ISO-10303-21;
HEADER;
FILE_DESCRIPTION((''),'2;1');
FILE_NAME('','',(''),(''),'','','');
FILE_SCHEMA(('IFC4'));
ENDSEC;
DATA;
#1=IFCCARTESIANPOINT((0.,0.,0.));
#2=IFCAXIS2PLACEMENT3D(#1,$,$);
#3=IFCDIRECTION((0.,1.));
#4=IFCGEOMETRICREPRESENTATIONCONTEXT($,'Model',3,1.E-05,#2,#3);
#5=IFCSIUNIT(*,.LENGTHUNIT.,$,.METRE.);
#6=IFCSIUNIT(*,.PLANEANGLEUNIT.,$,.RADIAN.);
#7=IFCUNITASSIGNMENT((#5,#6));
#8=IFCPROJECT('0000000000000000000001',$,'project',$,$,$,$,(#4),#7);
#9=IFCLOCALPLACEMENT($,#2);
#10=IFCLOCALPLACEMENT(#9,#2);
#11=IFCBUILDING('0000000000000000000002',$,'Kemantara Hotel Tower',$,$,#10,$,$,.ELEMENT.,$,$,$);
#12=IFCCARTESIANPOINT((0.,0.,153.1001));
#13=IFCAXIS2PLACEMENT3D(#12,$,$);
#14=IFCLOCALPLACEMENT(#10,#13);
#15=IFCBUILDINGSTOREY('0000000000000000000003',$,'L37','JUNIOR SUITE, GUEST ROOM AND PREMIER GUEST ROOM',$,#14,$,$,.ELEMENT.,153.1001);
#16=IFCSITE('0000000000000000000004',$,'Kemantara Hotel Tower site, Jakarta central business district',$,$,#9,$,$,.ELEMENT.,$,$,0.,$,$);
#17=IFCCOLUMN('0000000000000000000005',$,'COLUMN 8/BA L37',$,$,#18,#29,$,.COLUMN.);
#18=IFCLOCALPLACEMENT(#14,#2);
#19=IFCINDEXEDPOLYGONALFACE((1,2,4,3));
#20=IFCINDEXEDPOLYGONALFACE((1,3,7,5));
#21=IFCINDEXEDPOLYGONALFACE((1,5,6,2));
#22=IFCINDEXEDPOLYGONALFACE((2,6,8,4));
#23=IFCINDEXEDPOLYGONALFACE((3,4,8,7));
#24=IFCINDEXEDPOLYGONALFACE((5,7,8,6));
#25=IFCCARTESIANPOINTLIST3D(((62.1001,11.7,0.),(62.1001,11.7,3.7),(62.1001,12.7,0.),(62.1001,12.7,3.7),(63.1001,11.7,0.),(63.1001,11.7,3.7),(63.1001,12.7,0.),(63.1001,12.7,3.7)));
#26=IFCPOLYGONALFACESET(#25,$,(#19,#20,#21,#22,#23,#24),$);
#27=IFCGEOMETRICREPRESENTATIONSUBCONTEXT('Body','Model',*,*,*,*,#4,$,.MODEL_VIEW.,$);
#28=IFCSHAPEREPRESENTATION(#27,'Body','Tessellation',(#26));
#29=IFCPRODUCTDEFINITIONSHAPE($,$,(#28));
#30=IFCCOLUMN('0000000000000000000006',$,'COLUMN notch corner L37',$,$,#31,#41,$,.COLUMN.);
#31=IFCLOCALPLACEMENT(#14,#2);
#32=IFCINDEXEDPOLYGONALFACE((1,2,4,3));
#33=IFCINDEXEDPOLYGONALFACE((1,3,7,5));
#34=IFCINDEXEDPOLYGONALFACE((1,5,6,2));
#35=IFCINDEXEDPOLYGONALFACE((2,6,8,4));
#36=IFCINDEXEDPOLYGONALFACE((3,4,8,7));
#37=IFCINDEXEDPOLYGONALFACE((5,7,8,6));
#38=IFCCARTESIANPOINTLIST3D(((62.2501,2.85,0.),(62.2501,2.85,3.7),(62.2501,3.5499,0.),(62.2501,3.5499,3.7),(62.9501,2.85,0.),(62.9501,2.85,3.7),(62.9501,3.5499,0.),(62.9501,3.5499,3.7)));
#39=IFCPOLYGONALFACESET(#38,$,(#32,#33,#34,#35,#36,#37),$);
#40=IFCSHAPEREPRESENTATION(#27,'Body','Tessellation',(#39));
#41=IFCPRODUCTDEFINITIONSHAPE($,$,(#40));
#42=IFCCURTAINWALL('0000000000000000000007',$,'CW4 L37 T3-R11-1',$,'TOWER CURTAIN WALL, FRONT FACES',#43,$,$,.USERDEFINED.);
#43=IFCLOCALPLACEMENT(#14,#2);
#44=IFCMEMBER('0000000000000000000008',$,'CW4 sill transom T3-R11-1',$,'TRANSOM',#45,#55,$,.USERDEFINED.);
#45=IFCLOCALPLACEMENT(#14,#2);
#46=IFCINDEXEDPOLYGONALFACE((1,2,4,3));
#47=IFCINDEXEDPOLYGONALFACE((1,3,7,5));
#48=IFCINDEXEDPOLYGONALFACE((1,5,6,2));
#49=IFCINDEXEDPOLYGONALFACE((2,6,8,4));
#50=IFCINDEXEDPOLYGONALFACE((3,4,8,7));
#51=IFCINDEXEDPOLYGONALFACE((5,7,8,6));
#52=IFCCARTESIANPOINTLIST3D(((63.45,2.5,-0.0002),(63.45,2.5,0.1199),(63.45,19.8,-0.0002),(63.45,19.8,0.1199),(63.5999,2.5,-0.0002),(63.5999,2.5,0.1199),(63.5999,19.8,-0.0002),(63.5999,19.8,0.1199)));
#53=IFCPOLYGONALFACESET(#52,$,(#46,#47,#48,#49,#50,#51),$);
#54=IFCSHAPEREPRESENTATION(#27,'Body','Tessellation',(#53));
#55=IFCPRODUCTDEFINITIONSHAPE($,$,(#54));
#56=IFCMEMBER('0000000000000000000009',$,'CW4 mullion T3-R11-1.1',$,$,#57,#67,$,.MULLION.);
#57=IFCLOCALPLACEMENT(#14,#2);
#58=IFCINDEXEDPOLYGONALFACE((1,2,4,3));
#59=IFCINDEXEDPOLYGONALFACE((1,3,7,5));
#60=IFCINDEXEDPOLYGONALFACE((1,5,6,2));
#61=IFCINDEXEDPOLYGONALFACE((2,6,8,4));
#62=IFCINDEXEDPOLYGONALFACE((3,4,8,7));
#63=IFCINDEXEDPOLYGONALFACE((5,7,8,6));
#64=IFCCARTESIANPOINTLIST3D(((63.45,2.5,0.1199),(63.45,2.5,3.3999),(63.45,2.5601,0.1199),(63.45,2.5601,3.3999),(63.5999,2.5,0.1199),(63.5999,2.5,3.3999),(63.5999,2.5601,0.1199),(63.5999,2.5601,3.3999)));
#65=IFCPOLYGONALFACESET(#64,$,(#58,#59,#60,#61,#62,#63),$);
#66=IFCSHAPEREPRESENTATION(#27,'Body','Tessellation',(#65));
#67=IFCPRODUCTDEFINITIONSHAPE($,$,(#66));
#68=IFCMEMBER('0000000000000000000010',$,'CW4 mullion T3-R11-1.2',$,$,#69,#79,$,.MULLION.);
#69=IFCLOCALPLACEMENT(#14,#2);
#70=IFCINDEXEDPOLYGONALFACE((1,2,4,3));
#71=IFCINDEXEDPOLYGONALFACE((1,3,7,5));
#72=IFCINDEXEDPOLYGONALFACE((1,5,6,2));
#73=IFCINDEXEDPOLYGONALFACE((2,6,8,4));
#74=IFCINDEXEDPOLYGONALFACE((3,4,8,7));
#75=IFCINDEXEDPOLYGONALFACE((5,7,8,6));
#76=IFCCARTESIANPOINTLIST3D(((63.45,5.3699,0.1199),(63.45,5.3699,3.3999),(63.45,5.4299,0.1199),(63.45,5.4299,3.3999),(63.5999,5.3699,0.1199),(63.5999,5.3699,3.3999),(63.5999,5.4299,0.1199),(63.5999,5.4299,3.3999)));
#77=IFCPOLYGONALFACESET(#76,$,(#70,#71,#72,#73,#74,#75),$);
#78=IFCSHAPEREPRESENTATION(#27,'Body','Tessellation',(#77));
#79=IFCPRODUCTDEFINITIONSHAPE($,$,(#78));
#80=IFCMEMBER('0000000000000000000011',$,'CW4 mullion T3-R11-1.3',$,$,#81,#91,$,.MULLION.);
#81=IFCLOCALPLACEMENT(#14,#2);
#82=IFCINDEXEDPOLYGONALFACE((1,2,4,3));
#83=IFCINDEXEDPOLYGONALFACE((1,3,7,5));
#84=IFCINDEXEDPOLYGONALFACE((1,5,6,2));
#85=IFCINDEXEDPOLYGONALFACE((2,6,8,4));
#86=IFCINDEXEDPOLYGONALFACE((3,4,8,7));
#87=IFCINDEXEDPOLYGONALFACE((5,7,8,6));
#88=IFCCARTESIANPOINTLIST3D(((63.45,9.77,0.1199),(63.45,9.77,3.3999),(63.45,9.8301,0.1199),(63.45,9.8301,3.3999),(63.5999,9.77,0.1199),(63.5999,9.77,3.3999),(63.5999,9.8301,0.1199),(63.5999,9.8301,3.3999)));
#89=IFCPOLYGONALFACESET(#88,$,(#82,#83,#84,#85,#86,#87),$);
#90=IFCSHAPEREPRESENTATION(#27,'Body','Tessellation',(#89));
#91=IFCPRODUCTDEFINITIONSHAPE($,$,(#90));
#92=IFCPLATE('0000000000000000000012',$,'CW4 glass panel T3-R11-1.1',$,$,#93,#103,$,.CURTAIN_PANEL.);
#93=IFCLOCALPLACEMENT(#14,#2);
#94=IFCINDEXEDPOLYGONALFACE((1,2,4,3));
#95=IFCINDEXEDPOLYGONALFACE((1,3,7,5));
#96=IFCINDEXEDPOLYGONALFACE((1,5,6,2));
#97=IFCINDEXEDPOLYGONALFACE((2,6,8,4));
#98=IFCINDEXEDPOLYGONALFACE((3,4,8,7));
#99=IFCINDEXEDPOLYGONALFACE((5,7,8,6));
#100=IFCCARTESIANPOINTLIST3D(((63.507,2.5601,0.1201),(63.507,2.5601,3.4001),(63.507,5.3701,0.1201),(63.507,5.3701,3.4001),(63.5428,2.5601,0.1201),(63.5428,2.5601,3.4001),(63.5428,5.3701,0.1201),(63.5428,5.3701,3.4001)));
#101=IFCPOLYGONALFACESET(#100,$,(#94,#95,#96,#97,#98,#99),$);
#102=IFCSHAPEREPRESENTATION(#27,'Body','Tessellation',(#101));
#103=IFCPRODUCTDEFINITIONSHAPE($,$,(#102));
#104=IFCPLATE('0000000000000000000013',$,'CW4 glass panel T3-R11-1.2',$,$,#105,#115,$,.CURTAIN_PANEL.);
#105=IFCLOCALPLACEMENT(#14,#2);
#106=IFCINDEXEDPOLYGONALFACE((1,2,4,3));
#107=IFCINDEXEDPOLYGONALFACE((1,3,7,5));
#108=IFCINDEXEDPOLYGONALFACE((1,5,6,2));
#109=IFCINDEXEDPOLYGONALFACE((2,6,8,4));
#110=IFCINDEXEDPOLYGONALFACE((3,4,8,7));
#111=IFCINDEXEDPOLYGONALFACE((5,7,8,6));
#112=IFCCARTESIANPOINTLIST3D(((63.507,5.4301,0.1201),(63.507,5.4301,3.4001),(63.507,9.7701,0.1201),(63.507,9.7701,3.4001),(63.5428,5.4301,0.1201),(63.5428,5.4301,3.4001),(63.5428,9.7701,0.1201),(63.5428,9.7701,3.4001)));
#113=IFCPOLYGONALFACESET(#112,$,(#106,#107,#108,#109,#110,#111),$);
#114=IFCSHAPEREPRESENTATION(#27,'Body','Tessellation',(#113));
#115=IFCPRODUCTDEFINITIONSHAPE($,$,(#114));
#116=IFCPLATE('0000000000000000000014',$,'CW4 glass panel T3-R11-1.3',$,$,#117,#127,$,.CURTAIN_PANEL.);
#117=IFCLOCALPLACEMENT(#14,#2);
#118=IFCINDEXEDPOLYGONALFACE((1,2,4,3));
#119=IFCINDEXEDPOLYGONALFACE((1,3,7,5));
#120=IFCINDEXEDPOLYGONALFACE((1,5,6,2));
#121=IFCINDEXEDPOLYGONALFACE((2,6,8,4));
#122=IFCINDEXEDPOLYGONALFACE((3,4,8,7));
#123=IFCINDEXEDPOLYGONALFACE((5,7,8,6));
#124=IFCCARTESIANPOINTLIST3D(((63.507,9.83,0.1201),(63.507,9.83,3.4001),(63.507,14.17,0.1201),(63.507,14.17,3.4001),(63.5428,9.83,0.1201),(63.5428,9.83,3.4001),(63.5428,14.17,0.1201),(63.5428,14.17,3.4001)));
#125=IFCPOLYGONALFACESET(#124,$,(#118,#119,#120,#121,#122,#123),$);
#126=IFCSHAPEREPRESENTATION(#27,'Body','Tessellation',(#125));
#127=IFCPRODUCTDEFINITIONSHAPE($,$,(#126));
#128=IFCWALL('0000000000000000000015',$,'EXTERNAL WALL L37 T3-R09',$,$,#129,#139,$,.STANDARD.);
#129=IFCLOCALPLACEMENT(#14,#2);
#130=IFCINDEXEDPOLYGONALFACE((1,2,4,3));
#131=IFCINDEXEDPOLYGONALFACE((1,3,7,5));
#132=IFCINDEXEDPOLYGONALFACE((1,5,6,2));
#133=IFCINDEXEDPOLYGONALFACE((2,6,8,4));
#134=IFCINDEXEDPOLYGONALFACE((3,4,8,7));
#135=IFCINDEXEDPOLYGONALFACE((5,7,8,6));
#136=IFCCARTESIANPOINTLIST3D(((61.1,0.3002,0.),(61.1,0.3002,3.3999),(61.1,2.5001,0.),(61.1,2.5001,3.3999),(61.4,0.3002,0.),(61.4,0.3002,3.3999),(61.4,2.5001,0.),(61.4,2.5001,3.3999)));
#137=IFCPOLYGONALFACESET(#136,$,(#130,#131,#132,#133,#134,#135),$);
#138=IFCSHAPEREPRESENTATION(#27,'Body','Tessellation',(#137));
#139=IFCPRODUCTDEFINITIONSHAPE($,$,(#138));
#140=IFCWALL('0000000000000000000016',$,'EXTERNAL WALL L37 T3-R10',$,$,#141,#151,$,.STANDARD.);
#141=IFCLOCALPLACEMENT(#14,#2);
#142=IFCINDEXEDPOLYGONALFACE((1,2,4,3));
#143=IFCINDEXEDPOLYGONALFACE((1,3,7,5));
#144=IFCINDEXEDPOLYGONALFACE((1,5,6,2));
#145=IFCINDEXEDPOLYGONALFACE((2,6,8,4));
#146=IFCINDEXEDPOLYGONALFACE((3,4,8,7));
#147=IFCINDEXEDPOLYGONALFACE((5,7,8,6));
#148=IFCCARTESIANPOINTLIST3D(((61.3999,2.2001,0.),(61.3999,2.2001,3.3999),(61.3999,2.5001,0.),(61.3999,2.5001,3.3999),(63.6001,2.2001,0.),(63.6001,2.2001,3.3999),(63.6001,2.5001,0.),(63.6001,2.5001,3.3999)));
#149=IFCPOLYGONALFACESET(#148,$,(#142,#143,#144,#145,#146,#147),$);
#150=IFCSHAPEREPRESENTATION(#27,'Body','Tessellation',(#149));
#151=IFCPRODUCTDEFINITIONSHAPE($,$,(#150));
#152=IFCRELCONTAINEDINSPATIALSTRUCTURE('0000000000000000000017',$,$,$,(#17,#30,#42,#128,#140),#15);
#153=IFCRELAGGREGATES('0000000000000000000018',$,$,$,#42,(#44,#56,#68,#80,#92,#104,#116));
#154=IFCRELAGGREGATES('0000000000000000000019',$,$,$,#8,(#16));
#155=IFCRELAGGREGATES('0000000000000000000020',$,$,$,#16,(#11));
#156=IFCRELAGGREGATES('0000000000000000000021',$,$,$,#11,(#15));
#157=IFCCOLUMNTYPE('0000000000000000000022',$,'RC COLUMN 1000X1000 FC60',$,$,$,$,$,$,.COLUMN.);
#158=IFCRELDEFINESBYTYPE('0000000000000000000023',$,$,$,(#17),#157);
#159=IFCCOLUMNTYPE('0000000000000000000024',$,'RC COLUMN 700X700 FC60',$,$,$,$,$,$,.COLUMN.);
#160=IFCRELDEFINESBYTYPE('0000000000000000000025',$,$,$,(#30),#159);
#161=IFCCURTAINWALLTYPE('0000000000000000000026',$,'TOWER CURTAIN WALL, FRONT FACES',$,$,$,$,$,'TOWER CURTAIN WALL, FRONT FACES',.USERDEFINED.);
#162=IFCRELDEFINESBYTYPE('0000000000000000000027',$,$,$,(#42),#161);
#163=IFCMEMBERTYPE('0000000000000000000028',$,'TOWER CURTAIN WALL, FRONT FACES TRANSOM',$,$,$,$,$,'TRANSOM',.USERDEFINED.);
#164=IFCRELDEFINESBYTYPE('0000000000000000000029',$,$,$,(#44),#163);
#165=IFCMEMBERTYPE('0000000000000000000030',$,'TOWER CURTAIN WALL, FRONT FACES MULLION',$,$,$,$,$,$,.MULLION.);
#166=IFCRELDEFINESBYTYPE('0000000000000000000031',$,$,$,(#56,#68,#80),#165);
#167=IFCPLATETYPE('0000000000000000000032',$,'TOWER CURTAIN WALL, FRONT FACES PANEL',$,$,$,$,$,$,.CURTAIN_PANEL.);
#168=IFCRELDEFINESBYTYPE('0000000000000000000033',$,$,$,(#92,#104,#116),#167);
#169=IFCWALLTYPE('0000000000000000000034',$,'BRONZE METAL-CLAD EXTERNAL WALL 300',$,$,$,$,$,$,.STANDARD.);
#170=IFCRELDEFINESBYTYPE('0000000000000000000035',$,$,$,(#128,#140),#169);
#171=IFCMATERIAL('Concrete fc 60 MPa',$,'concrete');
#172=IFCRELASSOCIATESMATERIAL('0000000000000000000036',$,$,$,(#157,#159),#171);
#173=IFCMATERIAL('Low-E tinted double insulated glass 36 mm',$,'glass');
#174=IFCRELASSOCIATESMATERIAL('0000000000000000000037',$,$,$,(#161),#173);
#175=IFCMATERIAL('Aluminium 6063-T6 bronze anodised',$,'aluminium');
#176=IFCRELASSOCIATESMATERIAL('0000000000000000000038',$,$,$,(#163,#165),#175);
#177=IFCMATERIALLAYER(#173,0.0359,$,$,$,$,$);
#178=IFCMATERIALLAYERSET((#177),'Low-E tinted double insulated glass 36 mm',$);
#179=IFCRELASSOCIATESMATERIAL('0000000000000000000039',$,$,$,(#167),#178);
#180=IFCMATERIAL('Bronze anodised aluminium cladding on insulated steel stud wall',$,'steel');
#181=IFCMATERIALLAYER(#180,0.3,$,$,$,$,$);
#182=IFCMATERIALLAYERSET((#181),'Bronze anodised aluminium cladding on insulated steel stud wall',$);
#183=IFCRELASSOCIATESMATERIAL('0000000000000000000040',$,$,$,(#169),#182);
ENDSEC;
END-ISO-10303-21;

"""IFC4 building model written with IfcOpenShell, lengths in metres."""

from ifc_helpers import new_model, si_unit, direction, frame, frame_2d, origin, origin_2d, place, context, subcontext, project, spatial, rectangle, extrude, source, transform, mapped, material, layer, layer_set, material_profile, profile_set, type_object, element, aggregate, save


model = new_model("IFC4")

# Units and contexts
model_context = context("Model", 3, precision=1e-05, world=origin(), true_north=direction((0.0, 1.0)))
body_context = subcontext(model_context, "Body", "Model", "MODEL_VIEW")
ifc_project = project(units=[si_unit("LENGTHUNIT", "METRE"), si_unit("PLANEANGLEUNIT", "RADIAN")], contexts=[model_context])

# Site, building, storey
site_placement = place(None, origin())
site = spatial("IfcSite", under=ifc_project, at=site_placement, Name="Kemantara Hotel Tower site, Jakarta central business district", CompositionType="ELEMENT", RefElevation=0.0)
building_placement = place(site_placement, origin())
building = spatial("IfcBuilding", under=site, at=building_placement, Name="Kemantara Hotel Tower", CompositionType="ELEMENT")
storey_placement = place(building_placement, frame((0.0, 0.0, 153.1001)))
storey = spatial("IfcBuildingStorey", under=building, at=storey_placement, Name="L37", Description="JUNIOR SUITE, GUEST ROOM AND PREMIER GUEST ROOM", CompositionType="ELEMENT", Elevation=153.1001)

# Columns
ifc_material_1 = material(Name="Concrete fc 60 MPa", Category="concrete")
ifc_material_profile_1 = material_profile(ifc_material_1, rectangle(XDim=1.0, YDim=1.0, at=origin_2d()), Name="RC 1000X1000")
ifc_profile_set_1 = profile_set([ifc_material_profile_1], Name="Concrete fc 60 MPa")
column_type_1 = type_object("IfcColumnType", Name="RC COLUMN 1000X1000 FC60", PredefinedType="COLUMN", material=ifc_profile_set_1)
column_1_placement = place(storey_placement, frame((62.6001, 12.2, 0.0), z_axis=(0.0, 0.0, 1.0), x_axis=(1.0, 0.0, 0.0)))
element("IfcColumn", 1, at=column_1_placement, inside=storey, type_object=column_type_1, Name="COLUMN 8/BA L37", PredefinedType="COLUMN", context=body_context, shape_type="SweptSolid", body=[
    extrude(rectangle(XDim=1.0, YDim=1.0, at=origin_2d()), origin(), (0.0, 0.0, 1.0), 3.7),
])
ifc_material_profile_2 = material_profile(ifc_material_1, rectangle(XDim=0.7, YDim=0.7, at=origin_2d()), Name="RC 700X700")
ifc_profile_set_2 = profile_set([ifc_material_profile_2], Name="Concrete fc 60 MPa")
column_type_2 = type_object("IfcColumnType", Name="RC COLUMN 700X700 FC60", PredefinedType="COLUMN", material=ifc_profile_set_2)
column_2_placement = place(storey_placement, frame((62.6001, 3.2, 0.0), z_axis=(0.0, 0.0, 1.0), x_axis=(1.0, 0.0, 0.0)))
element("IfcColumn", 2, at=column_2_placement, inside=storey, type_object=column_type_2, Name="COLUMN notch corner L37", PredefinedType="COLUMN", context=body_context, shape_type="SweptSolid", body=[
    extrude(rectangle(XDim=0.7, YDim=0.7, at=origin_2d()), origin(), (0.0, 0.0, 1.0), 3.7),
])

# Curtain wall, members, plates
ifc_material_2 = material(Name="Low-E tinted double insulated glass 36 mm", Category="glass")
curtain_wall_type = type_object("IfcCurtainWallType", Name="TOWER CURTAIN WALL, FRONT FACES", ElementType="TOWER CURTAIN WALL, FRONT FACES", PredefinedType="USERDEFINED", material=ifc_material_2)
curtain_wall_placement = place(storey_placement, origin())
curtain_wall = element("IfcCurtainWall", 3, at=curtain_wall_placement, inside=storey, type_object=curtain_wall_type, Name="CW4 L37 T3-R11-1", ObjectType="TOWER CURTAIN WALL, FRONT FACES", PredefinedType="USERDEFINED")
ifc_material_3 = material(Name="Aluminium 6063-T6 bronze anodised", Category="aluminium")
ifc_material_profile_3 = material_profile(ifc_material_3, rectangle(XDim=0.1499, YDim=0.1201, at=origin_2d()), Name="TOWER CURTAIN WALL, FRONT FACES TRANSOM")
ifc_profile_set_3 = profile_set([ifc_material_profile_3], Name="Aluminium 6063-T6 bronze anodised")
member_type_1 = type_object("IfcMemberType", Name="TOWER CURTAIN WALL, FRONT FACES TRANSOM", ElementType="TRANSOM", PredefinedType="USERDEFINED", material=ifc_profile_set_3)
member_1_placement = place(storey_placement, frame((63.5249, 2.5, 0.0598), z_axis=(0.0, 1.0, 0.0), x_axis=(-1.0, 0.0, 0.0)))
member_1 = element("IfcMember", 4, at=member_1_placement, type_object=member_type_1, Name="CW4 sill transom T3-R11-1", ObjectType="TRANSOM", PredefinedType="USERDEFINED", context=body_context, shape_type="SweptSolid", body=[
    extrude(rectangle(XDim=0.1499, YDim=0.1201, at=origin_2d()), origin(), (0.0, 0.0, 1.0), 17.3),
])
ifc_material_profile_4 = material_profile(ifc_material_3, rectangle(XDim=0.1499, YDim=0.0601, at=origin_2d()), Name="TOWER CURTAIN WALL, FRONT FACES MULLION")
ifc_profile_set_4 = profile_set([ifc_material_profile_4], Name="Aluminium 6063-T6 bronze anodised")
member_type_2 = type_object("IfcMemberType", Name="TOWER CURTAIN WALL, FRONT FACES MULLION", PredefinedType="MULLION", material=ifc_profile_set_4)
shared_shape_1 = source(origin(), body_context, "Body", "SweptSolid", [
    extrude(rectangle(XDim=0.1499, YDim=0.0601, at=origin_2d()), origin(), (0.0, 0.0, 1.0), 3.28),
])
member_2_placement = place(storey_placement, frame((63.5249, 2.53, 0.1199), z_axis=(0.0, 0.0, 1.0), x_axis=(-1.0, 0.0, 0.0)))
member_2 = element("IfcMember", 5, at=member_2_placement, type_object=member_type_2, Name="CW4 mullion T3-R11-1.1", PredefinedType="MULLION", context=body_context, shape_type="MappedRepresentation", body=[
    mapped(shared_shape_1, transform((0.0, 0.0, 0.0))),
])
member_3_placement = place(storey_placement, frame((63.5249, 5.3999, 0.1199), z_axis=(0.0, 0.0, 1.0), x_axis=(-1.0, 0.0, 0.0)))
member_3 = element("IfcMember", 6, at=member_3_placement, type_object=member_type_2, Name="CW4 mullion T3-R11-1.2", PredefinedType="MULLION", context=body_context, shape_type="MappedRepresentation", body=[
    mapped(shared_shape_1, transform((0.0, 0.0, 0.0))),
])
member_4_placement = place(storey_placement, frame((63.5249, 9.8, 0.1199), z_axis=(0.0, 0.0, 1.0), x_axis=(-1.0, 0.0, 0.0)))
member_4 = element("IfcMember", 7, at=member_4_placement, type_object=member_type_2, Name="CW4 mullion T3-R11-1.3", PredefinedType="MULLION", context=body_context, shape_type="MappedRepresentation", body=[
    mapped(shared_shape_1, transform((0.0, 0.0, 0.0))),
])
ifc_layer_1 = layer(ifc_material_2, 0.0359)
ifc_layer_set_1 = layer_set([ifc_layer_1], Name="Low-E tinted double insulated glass 36 mm")
plate_type = type_object("IfcPlateType", Name="TOWER CURTAIN WALL, FRONT FACES PANEL", PredefinedType="CURTAIN_PANEL", material=ifc_layer_set_1)
shared_shape_2 = source(origin(), body_context, "Body", "SweptSolid", [
    extrude(rectangle(XDim=2.8101, YDim=0.0359, at=origin_2d()), origin(), (0.0, 0.0, 1.0), 3.28),
])
plate_1_placement = place(storey_placement, frame((63.5249, 3.9651, 0.1201), z_axis=(0.0, 0.0, 1.0), x_axis=(0.0, 1.0, 0.0)))
plate_1 = element("IfcPlate", 8, at=plate_1_placement, type_object=plate_type, Name="CW4 glass panel T3-R11-1.1", PredefinedType="CURTAIN_PANEL", context=body_context, shape_type="MappedRepresentation", body=[
    mapped(shared_shape_2, transform((0.0, 0.0, 0.0))),
])
shared_shape_3 = source(origin(), body_context, "Body", "SweptSolid", [
    extrude(rectangle(XDim=4.3401, YDim=0.0359, at=origin_2d()), origin(), (0.0, 0.0, 1.0), 3.28),
])
plate_2_placement = place(storey_placement, frame((63.5249, 7.6001, 0.1201), z_axis=(0.0, 0.0, 1.0), x_axis=(0.0, 1.0, 0.0)))
plate_2 = element("IfcPlate", 9, at=plate_2_placement, type_object=plate_type, Name="CW4 glass panel T3-R11-1.2", PredefinedType="CURTAIN_PANEL", context=body_context, shape_type="MappedRepresentation", body=[
    mapped(shared_shape_3, transform((0.0, 0.0, 0.0))),
])
plate_3_placement = place(storey_placement, frame((63.5249, 12.0, 0.1201), z_axis=(0.0, 0.0, 1.0), x_axis=(0.0, 1.0, 0.0)))
plate_3 = element("IfcPlate", 10, at=plate_3_placement, type_object=plate_type, Name="CW4 glass panel T3-R11-1.3", PredefinedType="CURTAIN_PANEL", context=body_context, shape_type="MappedRepresentation", body=[
    mapped(shared_shape_3, transform((0.0, 0.0, 0.0))),
])
aggregate(curtain_wall, [member_1, member_2, member_3, member_4, plate_1, plate_2, plate_3])

# Walls
ifc_material_4 = material(Name="Bronze anodised aluminium cladding on insulated steel stud wall", Category="steel")
ifc_layer_2 = layer(ifc_material_4, 0.3)
ifc_layer_set_2 = layer_set([ifc_layer_2], Name="Bronze anodised aluminium cladding on insulated steel stud wall")
wall_type_1 = type_object("IfcWallType", Name="BRONZE METAL-CLAD EXTERNAL WALL 300", PredefinedType="STANDARD", material=ifc_layer_set_2)
wall_1_placement = place(storey_placement, frame((61.25, 0.3, 0.0), z_axis=(0.0, 0.0, 1.0), x_axis=(0.0, 1.0, 0.0)))
element("IfcWall", 11, at=wall_1_placement, inside=storey, type_object=wall_type_1, Name="EXTERNAL WALL L37 T3-R09", PredefinedType="STANDARD", context=body_context, shape_type="SweptSolid", body=[
    extrude(rectangle(XDim=2.2, YDim=0.3, at=frame_2d((1.1001, 0.0))), origin(), (0.0, 0.0, 1.0), 3.3999),
])
wall_2_placement = place(storey_placement, frame((61.3999, 2.3501, 0.0), z_axis=(0.0, 0.0, 1.0), x_axis=(1.0, 0.0, 0.0)))
element("IfcWall", 12, at=wall_2_placement, inside=storey, type_object=wall_type_1, Name="EXTERNAL WALL L37 T3-R10", PredefinedType="STANDARD", context=body_context, shape_type="SweptSolid", body=[
    extrude(rectangle(XDim=2.2002, YDim=0.3, at=frame_2d((1.1001, 0.0))), origin(), (0.0, 0.0, 1.0), 3.3999),
])

save(model, "model.ifc")
